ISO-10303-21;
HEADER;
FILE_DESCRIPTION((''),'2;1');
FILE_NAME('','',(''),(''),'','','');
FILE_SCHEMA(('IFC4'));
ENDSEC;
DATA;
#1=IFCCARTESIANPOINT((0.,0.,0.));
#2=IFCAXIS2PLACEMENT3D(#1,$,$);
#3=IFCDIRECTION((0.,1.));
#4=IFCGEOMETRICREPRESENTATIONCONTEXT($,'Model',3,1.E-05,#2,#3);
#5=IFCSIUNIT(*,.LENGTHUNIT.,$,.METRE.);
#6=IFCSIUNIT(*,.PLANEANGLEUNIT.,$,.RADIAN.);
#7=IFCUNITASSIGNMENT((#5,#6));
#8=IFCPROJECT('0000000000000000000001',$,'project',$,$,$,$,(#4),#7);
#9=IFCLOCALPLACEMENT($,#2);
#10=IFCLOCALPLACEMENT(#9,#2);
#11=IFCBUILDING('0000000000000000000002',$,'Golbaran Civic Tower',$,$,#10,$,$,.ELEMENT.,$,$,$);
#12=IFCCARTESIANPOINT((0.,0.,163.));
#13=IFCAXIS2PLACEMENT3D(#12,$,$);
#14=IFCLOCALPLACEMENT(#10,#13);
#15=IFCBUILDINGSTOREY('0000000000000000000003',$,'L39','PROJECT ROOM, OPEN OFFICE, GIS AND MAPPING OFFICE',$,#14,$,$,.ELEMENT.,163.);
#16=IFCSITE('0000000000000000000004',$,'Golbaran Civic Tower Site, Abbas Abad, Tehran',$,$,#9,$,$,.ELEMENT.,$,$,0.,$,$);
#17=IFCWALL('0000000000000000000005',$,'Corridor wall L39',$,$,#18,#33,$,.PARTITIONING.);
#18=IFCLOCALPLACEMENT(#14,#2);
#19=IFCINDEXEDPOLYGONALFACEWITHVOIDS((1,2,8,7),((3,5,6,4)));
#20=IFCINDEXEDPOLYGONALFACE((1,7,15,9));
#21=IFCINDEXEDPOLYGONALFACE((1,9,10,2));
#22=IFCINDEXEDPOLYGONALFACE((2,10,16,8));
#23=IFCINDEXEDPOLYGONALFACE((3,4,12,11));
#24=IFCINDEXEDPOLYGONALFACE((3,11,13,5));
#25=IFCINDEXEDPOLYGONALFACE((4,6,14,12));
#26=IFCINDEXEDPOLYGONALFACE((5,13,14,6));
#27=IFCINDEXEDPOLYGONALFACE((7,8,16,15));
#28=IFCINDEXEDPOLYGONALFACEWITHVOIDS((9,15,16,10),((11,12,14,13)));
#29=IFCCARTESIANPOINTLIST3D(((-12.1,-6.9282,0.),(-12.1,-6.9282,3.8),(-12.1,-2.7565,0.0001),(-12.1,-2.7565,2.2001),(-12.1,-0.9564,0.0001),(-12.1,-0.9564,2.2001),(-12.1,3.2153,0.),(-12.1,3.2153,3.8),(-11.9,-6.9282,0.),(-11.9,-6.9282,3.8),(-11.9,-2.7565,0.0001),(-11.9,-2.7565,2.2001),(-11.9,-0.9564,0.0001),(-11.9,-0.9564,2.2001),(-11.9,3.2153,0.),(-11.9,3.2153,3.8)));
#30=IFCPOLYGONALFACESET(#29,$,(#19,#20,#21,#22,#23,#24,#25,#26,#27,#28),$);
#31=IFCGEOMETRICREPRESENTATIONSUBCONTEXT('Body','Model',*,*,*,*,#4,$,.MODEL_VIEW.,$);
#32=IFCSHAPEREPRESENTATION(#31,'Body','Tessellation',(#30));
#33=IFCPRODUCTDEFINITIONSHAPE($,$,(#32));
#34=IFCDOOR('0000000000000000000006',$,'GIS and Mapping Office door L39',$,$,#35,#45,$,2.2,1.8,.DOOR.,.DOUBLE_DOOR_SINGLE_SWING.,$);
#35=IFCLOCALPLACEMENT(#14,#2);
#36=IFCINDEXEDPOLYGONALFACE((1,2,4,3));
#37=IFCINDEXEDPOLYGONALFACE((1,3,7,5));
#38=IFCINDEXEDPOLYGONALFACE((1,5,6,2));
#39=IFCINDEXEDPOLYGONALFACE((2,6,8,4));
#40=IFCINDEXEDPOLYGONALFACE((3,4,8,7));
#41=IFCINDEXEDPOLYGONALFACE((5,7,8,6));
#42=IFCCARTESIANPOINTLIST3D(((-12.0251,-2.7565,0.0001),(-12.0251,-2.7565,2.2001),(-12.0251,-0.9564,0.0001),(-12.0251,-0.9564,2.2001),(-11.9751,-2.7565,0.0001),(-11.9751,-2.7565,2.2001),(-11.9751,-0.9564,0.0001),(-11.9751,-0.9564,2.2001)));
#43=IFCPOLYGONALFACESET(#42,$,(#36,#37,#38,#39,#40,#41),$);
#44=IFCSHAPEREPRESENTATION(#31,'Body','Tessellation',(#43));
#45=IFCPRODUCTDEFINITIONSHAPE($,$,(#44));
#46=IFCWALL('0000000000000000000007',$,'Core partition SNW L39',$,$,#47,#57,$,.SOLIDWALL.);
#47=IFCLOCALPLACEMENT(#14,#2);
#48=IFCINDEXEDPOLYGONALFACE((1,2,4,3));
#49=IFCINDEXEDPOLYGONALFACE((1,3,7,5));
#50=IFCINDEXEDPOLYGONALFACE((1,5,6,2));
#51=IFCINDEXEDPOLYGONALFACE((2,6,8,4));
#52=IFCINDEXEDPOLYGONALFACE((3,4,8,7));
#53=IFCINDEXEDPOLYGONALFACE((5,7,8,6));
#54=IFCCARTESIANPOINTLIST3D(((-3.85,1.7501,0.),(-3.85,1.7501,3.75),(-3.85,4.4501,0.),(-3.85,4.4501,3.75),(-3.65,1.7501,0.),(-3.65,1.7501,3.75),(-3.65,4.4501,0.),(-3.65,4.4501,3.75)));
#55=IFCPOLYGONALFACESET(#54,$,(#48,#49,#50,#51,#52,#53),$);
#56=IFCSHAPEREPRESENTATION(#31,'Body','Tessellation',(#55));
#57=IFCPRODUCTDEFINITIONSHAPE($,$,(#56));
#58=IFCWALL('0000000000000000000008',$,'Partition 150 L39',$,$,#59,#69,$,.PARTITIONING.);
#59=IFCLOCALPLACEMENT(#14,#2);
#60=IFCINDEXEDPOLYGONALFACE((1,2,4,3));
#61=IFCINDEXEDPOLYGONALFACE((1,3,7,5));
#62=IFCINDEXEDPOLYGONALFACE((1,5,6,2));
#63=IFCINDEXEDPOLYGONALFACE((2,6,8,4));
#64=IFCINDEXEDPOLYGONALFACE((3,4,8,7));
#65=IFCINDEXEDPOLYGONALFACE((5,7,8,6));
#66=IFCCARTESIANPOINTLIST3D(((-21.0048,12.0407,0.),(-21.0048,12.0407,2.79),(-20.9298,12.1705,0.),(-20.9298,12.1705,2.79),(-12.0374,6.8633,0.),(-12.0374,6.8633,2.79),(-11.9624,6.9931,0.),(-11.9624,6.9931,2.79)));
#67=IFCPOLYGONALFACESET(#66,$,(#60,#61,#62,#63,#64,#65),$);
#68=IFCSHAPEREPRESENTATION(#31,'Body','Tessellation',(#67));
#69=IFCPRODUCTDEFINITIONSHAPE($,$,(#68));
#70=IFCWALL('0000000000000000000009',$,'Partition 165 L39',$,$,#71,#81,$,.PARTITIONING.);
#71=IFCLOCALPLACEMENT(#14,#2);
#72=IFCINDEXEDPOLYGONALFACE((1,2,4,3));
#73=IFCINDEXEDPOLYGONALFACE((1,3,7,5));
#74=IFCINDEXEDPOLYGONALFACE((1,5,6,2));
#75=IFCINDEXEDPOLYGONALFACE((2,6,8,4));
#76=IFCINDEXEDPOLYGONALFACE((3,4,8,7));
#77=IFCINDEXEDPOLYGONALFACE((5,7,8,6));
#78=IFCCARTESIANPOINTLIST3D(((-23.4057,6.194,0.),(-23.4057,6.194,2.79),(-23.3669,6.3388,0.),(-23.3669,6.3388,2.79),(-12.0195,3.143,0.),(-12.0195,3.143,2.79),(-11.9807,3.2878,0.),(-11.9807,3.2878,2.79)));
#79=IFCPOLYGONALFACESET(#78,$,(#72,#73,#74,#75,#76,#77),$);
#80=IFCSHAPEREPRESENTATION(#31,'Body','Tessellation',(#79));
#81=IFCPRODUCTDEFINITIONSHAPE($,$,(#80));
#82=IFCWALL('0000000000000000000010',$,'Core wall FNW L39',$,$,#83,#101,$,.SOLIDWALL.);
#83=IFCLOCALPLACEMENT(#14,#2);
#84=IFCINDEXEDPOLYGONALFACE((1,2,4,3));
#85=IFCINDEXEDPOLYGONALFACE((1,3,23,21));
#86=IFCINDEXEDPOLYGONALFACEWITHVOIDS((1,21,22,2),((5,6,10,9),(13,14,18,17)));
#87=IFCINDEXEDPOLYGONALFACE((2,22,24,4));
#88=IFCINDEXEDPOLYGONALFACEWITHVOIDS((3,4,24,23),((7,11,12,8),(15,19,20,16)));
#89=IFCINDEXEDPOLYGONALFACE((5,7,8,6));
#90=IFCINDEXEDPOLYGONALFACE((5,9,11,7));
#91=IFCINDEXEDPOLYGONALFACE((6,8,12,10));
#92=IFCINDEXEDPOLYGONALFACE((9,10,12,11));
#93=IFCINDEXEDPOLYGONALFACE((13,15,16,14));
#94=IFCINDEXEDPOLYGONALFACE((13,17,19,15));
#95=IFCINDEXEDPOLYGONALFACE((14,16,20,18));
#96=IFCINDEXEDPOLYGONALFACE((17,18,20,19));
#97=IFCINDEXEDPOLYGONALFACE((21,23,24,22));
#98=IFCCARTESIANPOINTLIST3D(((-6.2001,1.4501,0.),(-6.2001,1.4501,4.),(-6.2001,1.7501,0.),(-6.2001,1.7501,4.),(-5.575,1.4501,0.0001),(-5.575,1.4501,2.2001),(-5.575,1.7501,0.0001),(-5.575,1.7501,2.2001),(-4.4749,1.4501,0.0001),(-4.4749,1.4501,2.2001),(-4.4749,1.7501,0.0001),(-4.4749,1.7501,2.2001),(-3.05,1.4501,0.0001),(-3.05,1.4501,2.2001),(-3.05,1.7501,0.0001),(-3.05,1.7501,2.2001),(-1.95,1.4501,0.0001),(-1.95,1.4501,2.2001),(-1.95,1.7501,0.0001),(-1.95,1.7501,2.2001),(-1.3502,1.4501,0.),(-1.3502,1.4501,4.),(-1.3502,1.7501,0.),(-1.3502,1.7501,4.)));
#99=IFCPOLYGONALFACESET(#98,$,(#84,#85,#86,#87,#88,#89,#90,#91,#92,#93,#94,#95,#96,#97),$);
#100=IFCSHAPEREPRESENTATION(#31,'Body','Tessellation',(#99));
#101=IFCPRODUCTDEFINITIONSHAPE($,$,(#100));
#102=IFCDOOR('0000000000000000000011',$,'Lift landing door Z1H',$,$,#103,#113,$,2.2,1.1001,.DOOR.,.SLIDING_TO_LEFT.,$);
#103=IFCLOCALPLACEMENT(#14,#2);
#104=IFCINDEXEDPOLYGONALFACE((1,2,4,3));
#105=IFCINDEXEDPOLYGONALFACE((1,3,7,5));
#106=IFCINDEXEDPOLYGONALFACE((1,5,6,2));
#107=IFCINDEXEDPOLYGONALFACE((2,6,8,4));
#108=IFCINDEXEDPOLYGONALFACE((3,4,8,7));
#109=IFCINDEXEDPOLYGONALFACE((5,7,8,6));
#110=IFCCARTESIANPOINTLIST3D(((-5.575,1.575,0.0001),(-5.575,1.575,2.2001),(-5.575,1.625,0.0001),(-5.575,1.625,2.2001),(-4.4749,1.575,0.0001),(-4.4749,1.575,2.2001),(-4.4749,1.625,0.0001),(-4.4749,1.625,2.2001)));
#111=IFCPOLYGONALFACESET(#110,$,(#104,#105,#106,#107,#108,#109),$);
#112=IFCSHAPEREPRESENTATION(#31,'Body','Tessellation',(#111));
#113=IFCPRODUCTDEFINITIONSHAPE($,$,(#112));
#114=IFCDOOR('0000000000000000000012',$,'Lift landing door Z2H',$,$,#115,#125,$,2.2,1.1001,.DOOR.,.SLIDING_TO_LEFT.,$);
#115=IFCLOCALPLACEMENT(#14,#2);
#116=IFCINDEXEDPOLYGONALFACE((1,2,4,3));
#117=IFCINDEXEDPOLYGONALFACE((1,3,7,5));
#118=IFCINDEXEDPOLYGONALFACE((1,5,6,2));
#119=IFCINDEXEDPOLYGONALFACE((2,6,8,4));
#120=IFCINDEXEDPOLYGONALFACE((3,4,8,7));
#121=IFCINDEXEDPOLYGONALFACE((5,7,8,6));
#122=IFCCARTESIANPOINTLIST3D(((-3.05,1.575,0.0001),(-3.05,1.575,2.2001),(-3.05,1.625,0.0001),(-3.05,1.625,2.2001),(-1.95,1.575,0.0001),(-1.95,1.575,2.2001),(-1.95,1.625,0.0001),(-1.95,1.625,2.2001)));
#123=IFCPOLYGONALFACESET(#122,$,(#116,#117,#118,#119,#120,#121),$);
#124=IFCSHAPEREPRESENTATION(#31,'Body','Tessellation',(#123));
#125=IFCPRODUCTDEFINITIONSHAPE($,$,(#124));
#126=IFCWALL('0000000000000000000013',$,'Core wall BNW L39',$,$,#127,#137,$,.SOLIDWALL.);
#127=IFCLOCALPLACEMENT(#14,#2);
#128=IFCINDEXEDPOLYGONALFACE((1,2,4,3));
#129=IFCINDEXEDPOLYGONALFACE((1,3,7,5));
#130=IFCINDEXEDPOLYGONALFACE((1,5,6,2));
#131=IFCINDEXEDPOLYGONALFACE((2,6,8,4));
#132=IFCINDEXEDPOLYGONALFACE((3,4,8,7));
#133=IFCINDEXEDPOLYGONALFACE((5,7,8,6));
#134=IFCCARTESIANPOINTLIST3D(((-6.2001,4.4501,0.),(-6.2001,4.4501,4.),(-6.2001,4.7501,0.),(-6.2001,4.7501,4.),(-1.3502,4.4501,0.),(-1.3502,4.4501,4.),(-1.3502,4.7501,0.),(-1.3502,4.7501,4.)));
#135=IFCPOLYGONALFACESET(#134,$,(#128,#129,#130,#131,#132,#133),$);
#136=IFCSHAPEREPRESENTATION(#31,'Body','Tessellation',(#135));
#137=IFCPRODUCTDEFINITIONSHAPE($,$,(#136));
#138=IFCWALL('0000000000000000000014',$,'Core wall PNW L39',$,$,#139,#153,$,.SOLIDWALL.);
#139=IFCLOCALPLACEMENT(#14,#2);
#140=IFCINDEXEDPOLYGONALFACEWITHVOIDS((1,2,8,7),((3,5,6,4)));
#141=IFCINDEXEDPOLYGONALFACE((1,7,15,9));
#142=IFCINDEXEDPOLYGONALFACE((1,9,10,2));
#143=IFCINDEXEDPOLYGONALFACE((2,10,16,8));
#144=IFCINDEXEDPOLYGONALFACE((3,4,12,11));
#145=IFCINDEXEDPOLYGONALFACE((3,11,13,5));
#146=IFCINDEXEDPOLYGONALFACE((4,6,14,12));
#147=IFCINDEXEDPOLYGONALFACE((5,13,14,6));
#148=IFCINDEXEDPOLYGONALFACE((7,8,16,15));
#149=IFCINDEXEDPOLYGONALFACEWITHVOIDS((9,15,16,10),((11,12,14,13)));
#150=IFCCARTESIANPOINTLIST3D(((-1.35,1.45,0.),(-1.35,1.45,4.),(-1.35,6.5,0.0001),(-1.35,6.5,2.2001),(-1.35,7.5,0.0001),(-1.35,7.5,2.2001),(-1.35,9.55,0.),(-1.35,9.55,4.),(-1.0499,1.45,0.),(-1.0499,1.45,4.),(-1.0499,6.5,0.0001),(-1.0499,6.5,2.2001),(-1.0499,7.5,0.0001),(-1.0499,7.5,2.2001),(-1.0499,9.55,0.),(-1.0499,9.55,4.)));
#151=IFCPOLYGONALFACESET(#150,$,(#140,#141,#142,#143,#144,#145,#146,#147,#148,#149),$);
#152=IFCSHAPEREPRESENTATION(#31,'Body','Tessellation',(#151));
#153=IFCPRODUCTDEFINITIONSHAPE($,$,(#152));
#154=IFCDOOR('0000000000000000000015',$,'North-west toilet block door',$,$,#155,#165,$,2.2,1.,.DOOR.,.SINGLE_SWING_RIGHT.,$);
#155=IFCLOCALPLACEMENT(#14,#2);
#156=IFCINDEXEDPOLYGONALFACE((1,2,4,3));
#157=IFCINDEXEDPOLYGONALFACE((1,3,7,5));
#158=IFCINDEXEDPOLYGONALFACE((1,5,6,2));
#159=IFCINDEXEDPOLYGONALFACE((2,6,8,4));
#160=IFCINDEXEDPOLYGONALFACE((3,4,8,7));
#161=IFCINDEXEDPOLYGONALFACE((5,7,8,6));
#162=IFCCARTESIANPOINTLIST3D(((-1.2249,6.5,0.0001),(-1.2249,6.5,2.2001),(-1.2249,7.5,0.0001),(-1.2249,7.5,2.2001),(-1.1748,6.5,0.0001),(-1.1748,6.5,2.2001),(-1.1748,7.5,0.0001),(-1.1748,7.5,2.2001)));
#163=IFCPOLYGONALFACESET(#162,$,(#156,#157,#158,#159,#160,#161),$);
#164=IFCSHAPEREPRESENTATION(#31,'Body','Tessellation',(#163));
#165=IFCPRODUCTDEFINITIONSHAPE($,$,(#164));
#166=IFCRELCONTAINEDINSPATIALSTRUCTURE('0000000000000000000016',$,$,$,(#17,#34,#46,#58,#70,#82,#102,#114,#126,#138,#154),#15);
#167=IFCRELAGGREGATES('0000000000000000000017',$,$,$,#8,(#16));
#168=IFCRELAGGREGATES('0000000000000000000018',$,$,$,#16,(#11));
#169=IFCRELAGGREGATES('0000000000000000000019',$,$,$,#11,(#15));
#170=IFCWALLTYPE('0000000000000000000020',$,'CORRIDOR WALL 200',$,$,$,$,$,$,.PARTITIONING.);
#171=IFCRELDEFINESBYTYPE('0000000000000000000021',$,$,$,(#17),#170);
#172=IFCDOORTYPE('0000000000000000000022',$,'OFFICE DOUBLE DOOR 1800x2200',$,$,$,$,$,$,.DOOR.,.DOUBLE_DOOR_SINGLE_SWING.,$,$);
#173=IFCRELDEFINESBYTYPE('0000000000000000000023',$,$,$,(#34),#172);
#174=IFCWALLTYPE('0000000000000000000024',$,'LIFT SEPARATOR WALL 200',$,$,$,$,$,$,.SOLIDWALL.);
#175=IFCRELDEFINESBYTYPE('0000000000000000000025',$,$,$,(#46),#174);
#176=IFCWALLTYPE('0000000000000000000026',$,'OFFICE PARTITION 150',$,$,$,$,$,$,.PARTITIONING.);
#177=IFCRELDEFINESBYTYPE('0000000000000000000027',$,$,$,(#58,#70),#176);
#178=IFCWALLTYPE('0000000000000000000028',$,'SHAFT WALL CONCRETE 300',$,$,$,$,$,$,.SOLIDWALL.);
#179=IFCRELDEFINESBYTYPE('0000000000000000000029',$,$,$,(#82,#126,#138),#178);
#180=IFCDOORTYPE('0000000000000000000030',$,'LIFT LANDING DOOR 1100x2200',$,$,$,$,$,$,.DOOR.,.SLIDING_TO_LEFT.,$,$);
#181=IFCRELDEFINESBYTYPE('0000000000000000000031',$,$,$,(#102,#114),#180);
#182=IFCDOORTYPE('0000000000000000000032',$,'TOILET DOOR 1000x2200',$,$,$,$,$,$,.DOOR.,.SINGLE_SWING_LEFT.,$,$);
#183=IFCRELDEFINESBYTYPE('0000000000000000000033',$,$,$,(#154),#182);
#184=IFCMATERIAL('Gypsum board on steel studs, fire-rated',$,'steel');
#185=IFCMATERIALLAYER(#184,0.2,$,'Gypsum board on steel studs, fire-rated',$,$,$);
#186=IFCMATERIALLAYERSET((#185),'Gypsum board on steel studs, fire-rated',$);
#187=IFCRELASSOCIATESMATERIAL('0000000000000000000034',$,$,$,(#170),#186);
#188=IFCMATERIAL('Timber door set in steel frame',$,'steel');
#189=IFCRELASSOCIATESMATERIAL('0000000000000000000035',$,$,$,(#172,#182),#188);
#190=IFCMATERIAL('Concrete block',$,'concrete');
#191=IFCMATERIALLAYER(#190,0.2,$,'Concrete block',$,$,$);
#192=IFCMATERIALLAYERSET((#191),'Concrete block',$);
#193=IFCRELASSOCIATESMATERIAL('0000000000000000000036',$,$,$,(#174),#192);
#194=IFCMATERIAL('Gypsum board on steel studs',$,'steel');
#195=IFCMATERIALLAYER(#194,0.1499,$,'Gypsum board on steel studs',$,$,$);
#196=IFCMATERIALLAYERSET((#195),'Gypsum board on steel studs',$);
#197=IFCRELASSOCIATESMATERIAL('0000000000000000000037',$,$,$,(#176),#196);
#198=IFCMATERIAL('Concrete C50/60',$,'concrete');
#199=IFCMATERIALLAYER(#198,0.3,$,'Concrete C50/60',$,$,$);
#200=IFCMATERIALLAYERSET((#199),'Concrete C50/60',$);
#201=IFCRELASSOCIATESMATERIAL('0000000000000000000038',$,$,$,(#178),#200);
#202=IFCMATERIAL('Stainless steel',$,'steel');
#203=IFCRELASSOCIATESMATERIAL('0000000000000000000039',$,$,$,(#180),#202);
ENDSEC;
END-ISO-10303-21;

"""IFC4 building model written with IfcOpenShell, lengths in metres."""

from ifc_helpers import new_model, si_unit, direction, frame, frame_2d, origin, place, context, subcontext, project, spatial, rectangle, extrude, material, layer, layer_set, type_object, element, fill, save


model = new_model("IFC4")

# Units and contexts
model_context = context("Model", 3, precision=1e-05, world=origin(), true_north=direction((0.0, 1.0)))
body_context = subcontext(model_context, "Body", "Model", "MODEL_VIEW")
ifc_project = project(units=[si_unit("LENGTHUNIT", "METRE"), si_unit("PLANEANGLEUNIT", "RADIAN")], contexts=[model_context])

# Site, building, storey
site_placement = place(None, origin())
site = spatial("IfcSite", under=ifc_project, at=site_placement, Name="Golbaran Civic Tower Site, Abbas Abad, Tehran", CompositionType="ELEMENT", RefElevation=0.0)
building_placement = place(site_placement, origin())
building = spatial("IfcBuilding", under=site, at=building_placement, Name="Golbaran Civic Tower", CompositionType="ELEMENT")
storey_placement = place(building_placement, frame((0.0, 0.0, 163.0)))
storey = spatial("IfcBuildingStorey", under=building, at=storey_placement, Name="L39", Description="PROJECT ROOM, OPEN OFFICE, GIS AND MAPPING OFFICE", CompositionType="ELEMENT", Elevation=163.0)

# Wall, opening, door
ifc_material_1 = material(Name="Gypsum board on steel studs, fire-rated", Category="steel")
ifc_layer_1 = layer(ifc_material_1, 0.2, Name="Gypsum board on steel studs, fire-rated")
ifc_layer_set_1 = layer_set([ifc_layer_1], Name="Gypsum board on steel studs, fire-rated")
wall_type_1 = type_object("IfcWallType", Name="CORRIDOR WALL 200", PredefinedType="PARTITIONING", material=ifc_layer_set_1)
wall_1_placement = place(storey_placement, frame((-12.0, 3.2153, 0.0), z_axis=(0.0, 0.0, 1.0), x_axis=(0.0, -1.0, 0.0)))
wall_1 = element("IfcWall", 1, at=wall_1_placement, inside=storey, type_object=wall_type_1, Name="Corridor wall L39", PredefinedType="PARTITIONING", context=body_context, shape_type="SweptSolid", body=[
    extrude(rectangle(XDim=10.1436, YDim=0.2, at=frame_2d((5.0718, 0.0))), origin(), (0.0, 0.0, 1.0), 3.8),
])
opening_1_placement = place(wall_1_placement, frame((4.1719, 0.0, 0.0)))
opening_1 = element("IfcOpeningElement", 2, at=opening_1_placement, cuts=wall_1, PredefinedType="OPENING", context=body_context, shape_type="SweptSolid", body=[
    extrude(rectangle(XDim=1.8, YDim=2.2, at=frame_2d((0.8999, 1.1001))), frame((0.0, 0.1099, 0.0), z_axis=(0.0, -1.0, 0.0), x_axis=(1.0, 0.0, 0.0)), (0.0, 0.0, 1.0), 0.22),
])
ifc_material_2 = material(Name="Timber door set in steel frame", Category="steel")
door_type_1 = type_object("IfcDoorType", Name="OFFICE DOUBLE DOOR 1800x2200", OperationType="DOUBLE_DOOR_SINGLE_SWING", PredefinedType="DOOR", material=ifc_material_2)
door_1_placement = place(opening_1_placement, origin())
door_1 = element("IfcDoor", 3, at=door_1_placement, inside=storey, type_object=door_type_1, Name="GIS and Mapping Office door L39", OperationType="DOUBLE_DOOR_SINGLE_SWING", OverallHeight=2.2, OverallWidth=1.8, PredefinedType="DOOR", context=body_context, shape_type="SweptSolid", body=[
    extrude(rectangle(XDim=1.8, YDim=2.2, at=frame_2d((0.8999, 1.1001))), frame((0.0, 0.0249, 0.0), z_axis=(0.0, -1.0, 0.0), x_axis=(1.0, 0.0, 0.0)), (0.0, 0.0, 1.0), 0.05),
])
fill(opening_1, door_1)

# Walls
ifc_material_3 = material(Name="Concrete block", Category="concrete")
ifc_layer_2 = layer(ifc_material_3, 0.2, Name="Concrete block")
ifc_layer_set_2 = layer_set([ifc_layer_2], Name="Concrete block")
wall_type_2 = type_object("IfcWallType", Name="LIFT SEPARATOR WALL 200", PredefinedType="SOLIDWALL", material=ifc_layer_set_2)
wall_2_placement = place(storey_placement, frame((-3.75, 1.75, 0.0), z_axis=(0.0, 0.0, 1.0), x_axis=(0.0, 1.0, 0.0)))
element("IfcWall", 4, at=wall_2_placement, inside=storey, type_object=wall_type_2, Name="Core partition SNW L39", PredefinedType="SOLIDWALL", context=body_context, shape_type="SweptSolid", body=[
    extrude(rectangle(XDim=2.7, YDim=0.2, at=frame_2d((1.3501, 0.0))), origin(), (0.0, 0.0, 1.0), 3.75),
])
ifc_material_4 = material(Name="Gypsum board on steel studs", Category="steel")
ifc_layer_3 = layer(ifc_material_4, 0.1499, Name="Gypsum board on steel studs")
ifc_layer_set_3 = layer_set([ifc_layer_3], Name="Gypsum board on steel studs")
wall_type_3 = type_object("IfcWallType", Name="OFFICE PARTITION 150", PredefinedType="PARTITIONING", material=ifc_layer_set_3)
wall_3_placement = place(storey_placement, frame((-12.0, 6.9282, 0.0), z_axis=(0.0, 0.0, 1.0), x_axis=(-0.866022, 0.500006, 0.0)))
element("IfcWall", 5, at=wall_3_placement, inside=storey, type_object=wall_type_3, Name="Partition 150 L39", PredefinedType="PARTITIONING", context=body_context, shape_type="SweptSolid", body=[
    extrude(rectangle(XDim=10.3547, YDim=0.1499, at=frame_2d((5.1772, 0.0))), origin(), (0.0, 0.0, 1.0), 2.79),
])
wall_4_placement = place(storey_placement, frame((-12.0, 3.2153, 0.0), z_axis=(0.0, 0.0, 1.0), x_axis=(-0.965924, 0.258826, 0.0)))
element("IfcWall", 6, at=wall_4_placement, inside=storey, type_object=wall_type_3, Name="Partition 165 L39", PredefinedType="PARTITIONING", context=body_context, shape_type="SweptSolid", body=[
    extrude(rectangle(XDim=11.7878, YDim=0.1499, at=frame_2d((5.894, 0.0))), origin(), (0.0, 0.0, 1.0), 2.79),
])

# Wall, openings, doors
ifc_material_5 = material(Name="Concrete C50/60", Category="concrete")
ifc_layer_4 = layer(ifc_material_5, 0.3, Name="Concrete C50/60")
ifc_layer_set_4 = layer_set([ifc_layer_4], Name="Concrete C50/60")
wall_type_4 = type_object("IfcWallType", Name="SHAFT WALL CONCRETE 300", PredefinedType="SOLIDWALL", material=ifc_layer_set_4)
wall_5_placement = place(storey_placement, frame((-6.2, 1.6001, 0.0), z_axis=(0.0, 0.0, 1.0), x_axis=(1.0, 0.0, 0.0)))
wall_5 = element("IfcWall", 7, at=wall_5_placement, inside=storey, type_object=wall_type_4, Name="Core wall FNW L39", PredefinedType="SOLIDWALL", context=body_context, shape_type="SweptSolid", body=[
    extrude(rectangle(XDim=4.8499, YDim=0.3, at=frame_2d((2.4248, 0.0))), origin(), (0.0, 0.0, 1.0), 4.0),
])
opening_2_placement = place(wall_5_placement, frame((0.625, 0.0, 0.0)))
opening_2 = element("IfcOpeningElement", 8, at=opening_2_placement, cuts=wall_5, PredefinedType="OPENING", context=body_context, shape_type="SweptSolid", body=[
    extrude(rectangle(XDim=1.1001, YDim=2.2, at=frame_2d((0.55, 1.1001))), frame((0.0, 0.1599, 0.0), z_axis=(0.0, -1.0, 0.0), x_axis=(1.0, 0.0, 0.0)), (0.0, 0.0, 1.0), 0.3201),
])
opening_3_placement = place(wall_5_placement, frame((3.1499, 0.0, 0.0)))
opening_3 = element("IfcOpeningElement", 9, at=opening_3_placement, cuts=wall_5, PredefinedType="OPENING", context=body_context, shape_type="SweptSolid", body=[
    extrude(rectangle(XDim=1.1001, YDim=2.2, at=frame_2d((0.55, 1.1001))), frame((0.0, 0.1599, 0.0), z_axis=(0.0, -1.0, 0.0), x_axis=(1.0, 0.0, 0.0)), (0.0, 0.0, 1.0), 0.3201),
])
ifc_material_6 = material(Name="Stainless steel", Category="steel")
door_type_2 = type_object("IfcDoorType", Name="LIFT LANDING DOOR 1100x2200", OperationType="SLIDING_TO_LEFT", PredefinedType="DOOR", material=ifc_material_6)
door_2_placement = place(opening_2_placement, origin())
door_2 = element("IfcDoor", 10, at=door_2_placement, inside=storey, type_object=door_type_2, Name="Lift landing door Z1H", OperationType="SLIDING_TO_LEFT", OverallHeight=2.2, OverallWidth=1.1001, PredefinedType="DOOR", context=body_context, shape_type="SweptSolid", body=[
    extrude(rectangle(XDim=1.1001, YDim=2.2, at=frame_2d((0.55, 1.1001))), frame((0.0, 0.0249, 0.0), z_axis=(0.0, -1.0, 0.0), x_axis=(1.0, 0.0, 0.0)), (0.0, 0.0, 1.0), 0.05),
])
fill(opening_2, door_2)
door_3_placement = place(opening_3_placement, origin())
door_3 = element("IfcDoor", 11, at=door_3_placement, inside=storey, type_object=door_type_2, Name="Lift landing door Z2H", OperationType="SLIDING_TO_LEFT", OverallHeight=2.2, OverallWidth=1.1001, PredefinedType="DOOR", context=body_context, shape_type="SweptSolid", body=[
    extrude(rectangle(XDim=1.1001, YDim=2.2, at=frame_2d((0.55, 1.1001))), frame((0.0, 0.0249, 0.0), z_axis=(0.0, -1.0, 0.0), x_axis=(1.0, 0.0, 0.0)), (0.0, 0.0, 1.0), 0.05),
])
fill(opening_3, door_3)

# Wall
wall_6_placement = place(storey_placement, frame((-6.2, 4.6001, 0.0), z_axis=(0.0, 0.0, 1.0), x_axis=(1.0, 0.0, 0.0)))
element("IfcWall", 12, at=wall_6_placement, inside=storey, type_object=wall_type_4, Name="Core wall BNW L39", PredefinedType="SOLIDWALL", context=body_context, shape_type="SweptSolid", body=[
    extrude(rectangle(XDim=4.8499, YDim=0.3, at=frame_2d((2.4248, 0.0))), origin(), (0.0, 0.0, 1.0), 4.0),
])

# Wall, opening, door
wall_7_placement = place(storey_placement, frame((-1.2, 1.45, 0.0), z_axis=(0.0, 0.0, 1.0), x_axis=(0.0, 1.0, 0.0)))
wall_7 = element("IfcWall", 13, at=wall_7_placement, inside=storey, type_object=wall_type_4, Name="Core wall PNW L39", PredefinedType="SOLIDWALL", context=body_context, shape_type="SweptSolid", body=[
    extrude(rectangle(XDim=8.1001, YDim=0.3, at=frame_2d((4.05, 0.0))), origin(), (0.0, 0.0, 1.0), 4.0),
])
opening_4_placement = place(wall_7_placement, frame((5.05, 0.0, 0.0)))
opening_4 = element("IfcOpeningElement", 14, at=opening_4_placement, cuts=wall_7, PredefinedType="OPENING", context=body_context, shape_type="SweptSolid", body=[
    extrude(rectangle(XDim=1.0, YDim=2.2, at=frame_2d((0.5, 1.1001))), frame((0.0, 0.1599, 0.0), z_axis=(0.0, -1.0, 0.0), x_axis=(1.0, 0.0, 0.0)), (0.0, 0.0, 1.0), 0.3201),
])
door_type_3 = type_object("IfcDoorType", Name="TOILET DOOR 1000x2200", OperationType="SINGLE_SWING_LEFT", PredefinedType="DOOR", material=ifc_material_2)
door_4_placement = place(opening_4_placement, origin())
door_4 = element("IfcDoor", 15, at=door_4_placement, inside=storey, type_object=door_type_3, Name="North-west toilet block door", OperationType="SINGLE_SWING_RIGHT", OverallHeight=2.2, OverallWidth=1.0, PredefinedType="DOOR", context=body_context, shape_type="SweptSolid", body=[
    extrude(rectangle(XDim=1.0, YDim=2.2, at=frame_2d((0.5, 1.1001))), frame((0.0, 0.0249, 0.0), z_axis=(0.0, -1.0, 0.0), x_axis=(1.0, 0.0, 0.0)), (0.0, 0.0, 1.0), 0.05),
])
fill(opening_4, door_4)

save(model, "model.ifc")
